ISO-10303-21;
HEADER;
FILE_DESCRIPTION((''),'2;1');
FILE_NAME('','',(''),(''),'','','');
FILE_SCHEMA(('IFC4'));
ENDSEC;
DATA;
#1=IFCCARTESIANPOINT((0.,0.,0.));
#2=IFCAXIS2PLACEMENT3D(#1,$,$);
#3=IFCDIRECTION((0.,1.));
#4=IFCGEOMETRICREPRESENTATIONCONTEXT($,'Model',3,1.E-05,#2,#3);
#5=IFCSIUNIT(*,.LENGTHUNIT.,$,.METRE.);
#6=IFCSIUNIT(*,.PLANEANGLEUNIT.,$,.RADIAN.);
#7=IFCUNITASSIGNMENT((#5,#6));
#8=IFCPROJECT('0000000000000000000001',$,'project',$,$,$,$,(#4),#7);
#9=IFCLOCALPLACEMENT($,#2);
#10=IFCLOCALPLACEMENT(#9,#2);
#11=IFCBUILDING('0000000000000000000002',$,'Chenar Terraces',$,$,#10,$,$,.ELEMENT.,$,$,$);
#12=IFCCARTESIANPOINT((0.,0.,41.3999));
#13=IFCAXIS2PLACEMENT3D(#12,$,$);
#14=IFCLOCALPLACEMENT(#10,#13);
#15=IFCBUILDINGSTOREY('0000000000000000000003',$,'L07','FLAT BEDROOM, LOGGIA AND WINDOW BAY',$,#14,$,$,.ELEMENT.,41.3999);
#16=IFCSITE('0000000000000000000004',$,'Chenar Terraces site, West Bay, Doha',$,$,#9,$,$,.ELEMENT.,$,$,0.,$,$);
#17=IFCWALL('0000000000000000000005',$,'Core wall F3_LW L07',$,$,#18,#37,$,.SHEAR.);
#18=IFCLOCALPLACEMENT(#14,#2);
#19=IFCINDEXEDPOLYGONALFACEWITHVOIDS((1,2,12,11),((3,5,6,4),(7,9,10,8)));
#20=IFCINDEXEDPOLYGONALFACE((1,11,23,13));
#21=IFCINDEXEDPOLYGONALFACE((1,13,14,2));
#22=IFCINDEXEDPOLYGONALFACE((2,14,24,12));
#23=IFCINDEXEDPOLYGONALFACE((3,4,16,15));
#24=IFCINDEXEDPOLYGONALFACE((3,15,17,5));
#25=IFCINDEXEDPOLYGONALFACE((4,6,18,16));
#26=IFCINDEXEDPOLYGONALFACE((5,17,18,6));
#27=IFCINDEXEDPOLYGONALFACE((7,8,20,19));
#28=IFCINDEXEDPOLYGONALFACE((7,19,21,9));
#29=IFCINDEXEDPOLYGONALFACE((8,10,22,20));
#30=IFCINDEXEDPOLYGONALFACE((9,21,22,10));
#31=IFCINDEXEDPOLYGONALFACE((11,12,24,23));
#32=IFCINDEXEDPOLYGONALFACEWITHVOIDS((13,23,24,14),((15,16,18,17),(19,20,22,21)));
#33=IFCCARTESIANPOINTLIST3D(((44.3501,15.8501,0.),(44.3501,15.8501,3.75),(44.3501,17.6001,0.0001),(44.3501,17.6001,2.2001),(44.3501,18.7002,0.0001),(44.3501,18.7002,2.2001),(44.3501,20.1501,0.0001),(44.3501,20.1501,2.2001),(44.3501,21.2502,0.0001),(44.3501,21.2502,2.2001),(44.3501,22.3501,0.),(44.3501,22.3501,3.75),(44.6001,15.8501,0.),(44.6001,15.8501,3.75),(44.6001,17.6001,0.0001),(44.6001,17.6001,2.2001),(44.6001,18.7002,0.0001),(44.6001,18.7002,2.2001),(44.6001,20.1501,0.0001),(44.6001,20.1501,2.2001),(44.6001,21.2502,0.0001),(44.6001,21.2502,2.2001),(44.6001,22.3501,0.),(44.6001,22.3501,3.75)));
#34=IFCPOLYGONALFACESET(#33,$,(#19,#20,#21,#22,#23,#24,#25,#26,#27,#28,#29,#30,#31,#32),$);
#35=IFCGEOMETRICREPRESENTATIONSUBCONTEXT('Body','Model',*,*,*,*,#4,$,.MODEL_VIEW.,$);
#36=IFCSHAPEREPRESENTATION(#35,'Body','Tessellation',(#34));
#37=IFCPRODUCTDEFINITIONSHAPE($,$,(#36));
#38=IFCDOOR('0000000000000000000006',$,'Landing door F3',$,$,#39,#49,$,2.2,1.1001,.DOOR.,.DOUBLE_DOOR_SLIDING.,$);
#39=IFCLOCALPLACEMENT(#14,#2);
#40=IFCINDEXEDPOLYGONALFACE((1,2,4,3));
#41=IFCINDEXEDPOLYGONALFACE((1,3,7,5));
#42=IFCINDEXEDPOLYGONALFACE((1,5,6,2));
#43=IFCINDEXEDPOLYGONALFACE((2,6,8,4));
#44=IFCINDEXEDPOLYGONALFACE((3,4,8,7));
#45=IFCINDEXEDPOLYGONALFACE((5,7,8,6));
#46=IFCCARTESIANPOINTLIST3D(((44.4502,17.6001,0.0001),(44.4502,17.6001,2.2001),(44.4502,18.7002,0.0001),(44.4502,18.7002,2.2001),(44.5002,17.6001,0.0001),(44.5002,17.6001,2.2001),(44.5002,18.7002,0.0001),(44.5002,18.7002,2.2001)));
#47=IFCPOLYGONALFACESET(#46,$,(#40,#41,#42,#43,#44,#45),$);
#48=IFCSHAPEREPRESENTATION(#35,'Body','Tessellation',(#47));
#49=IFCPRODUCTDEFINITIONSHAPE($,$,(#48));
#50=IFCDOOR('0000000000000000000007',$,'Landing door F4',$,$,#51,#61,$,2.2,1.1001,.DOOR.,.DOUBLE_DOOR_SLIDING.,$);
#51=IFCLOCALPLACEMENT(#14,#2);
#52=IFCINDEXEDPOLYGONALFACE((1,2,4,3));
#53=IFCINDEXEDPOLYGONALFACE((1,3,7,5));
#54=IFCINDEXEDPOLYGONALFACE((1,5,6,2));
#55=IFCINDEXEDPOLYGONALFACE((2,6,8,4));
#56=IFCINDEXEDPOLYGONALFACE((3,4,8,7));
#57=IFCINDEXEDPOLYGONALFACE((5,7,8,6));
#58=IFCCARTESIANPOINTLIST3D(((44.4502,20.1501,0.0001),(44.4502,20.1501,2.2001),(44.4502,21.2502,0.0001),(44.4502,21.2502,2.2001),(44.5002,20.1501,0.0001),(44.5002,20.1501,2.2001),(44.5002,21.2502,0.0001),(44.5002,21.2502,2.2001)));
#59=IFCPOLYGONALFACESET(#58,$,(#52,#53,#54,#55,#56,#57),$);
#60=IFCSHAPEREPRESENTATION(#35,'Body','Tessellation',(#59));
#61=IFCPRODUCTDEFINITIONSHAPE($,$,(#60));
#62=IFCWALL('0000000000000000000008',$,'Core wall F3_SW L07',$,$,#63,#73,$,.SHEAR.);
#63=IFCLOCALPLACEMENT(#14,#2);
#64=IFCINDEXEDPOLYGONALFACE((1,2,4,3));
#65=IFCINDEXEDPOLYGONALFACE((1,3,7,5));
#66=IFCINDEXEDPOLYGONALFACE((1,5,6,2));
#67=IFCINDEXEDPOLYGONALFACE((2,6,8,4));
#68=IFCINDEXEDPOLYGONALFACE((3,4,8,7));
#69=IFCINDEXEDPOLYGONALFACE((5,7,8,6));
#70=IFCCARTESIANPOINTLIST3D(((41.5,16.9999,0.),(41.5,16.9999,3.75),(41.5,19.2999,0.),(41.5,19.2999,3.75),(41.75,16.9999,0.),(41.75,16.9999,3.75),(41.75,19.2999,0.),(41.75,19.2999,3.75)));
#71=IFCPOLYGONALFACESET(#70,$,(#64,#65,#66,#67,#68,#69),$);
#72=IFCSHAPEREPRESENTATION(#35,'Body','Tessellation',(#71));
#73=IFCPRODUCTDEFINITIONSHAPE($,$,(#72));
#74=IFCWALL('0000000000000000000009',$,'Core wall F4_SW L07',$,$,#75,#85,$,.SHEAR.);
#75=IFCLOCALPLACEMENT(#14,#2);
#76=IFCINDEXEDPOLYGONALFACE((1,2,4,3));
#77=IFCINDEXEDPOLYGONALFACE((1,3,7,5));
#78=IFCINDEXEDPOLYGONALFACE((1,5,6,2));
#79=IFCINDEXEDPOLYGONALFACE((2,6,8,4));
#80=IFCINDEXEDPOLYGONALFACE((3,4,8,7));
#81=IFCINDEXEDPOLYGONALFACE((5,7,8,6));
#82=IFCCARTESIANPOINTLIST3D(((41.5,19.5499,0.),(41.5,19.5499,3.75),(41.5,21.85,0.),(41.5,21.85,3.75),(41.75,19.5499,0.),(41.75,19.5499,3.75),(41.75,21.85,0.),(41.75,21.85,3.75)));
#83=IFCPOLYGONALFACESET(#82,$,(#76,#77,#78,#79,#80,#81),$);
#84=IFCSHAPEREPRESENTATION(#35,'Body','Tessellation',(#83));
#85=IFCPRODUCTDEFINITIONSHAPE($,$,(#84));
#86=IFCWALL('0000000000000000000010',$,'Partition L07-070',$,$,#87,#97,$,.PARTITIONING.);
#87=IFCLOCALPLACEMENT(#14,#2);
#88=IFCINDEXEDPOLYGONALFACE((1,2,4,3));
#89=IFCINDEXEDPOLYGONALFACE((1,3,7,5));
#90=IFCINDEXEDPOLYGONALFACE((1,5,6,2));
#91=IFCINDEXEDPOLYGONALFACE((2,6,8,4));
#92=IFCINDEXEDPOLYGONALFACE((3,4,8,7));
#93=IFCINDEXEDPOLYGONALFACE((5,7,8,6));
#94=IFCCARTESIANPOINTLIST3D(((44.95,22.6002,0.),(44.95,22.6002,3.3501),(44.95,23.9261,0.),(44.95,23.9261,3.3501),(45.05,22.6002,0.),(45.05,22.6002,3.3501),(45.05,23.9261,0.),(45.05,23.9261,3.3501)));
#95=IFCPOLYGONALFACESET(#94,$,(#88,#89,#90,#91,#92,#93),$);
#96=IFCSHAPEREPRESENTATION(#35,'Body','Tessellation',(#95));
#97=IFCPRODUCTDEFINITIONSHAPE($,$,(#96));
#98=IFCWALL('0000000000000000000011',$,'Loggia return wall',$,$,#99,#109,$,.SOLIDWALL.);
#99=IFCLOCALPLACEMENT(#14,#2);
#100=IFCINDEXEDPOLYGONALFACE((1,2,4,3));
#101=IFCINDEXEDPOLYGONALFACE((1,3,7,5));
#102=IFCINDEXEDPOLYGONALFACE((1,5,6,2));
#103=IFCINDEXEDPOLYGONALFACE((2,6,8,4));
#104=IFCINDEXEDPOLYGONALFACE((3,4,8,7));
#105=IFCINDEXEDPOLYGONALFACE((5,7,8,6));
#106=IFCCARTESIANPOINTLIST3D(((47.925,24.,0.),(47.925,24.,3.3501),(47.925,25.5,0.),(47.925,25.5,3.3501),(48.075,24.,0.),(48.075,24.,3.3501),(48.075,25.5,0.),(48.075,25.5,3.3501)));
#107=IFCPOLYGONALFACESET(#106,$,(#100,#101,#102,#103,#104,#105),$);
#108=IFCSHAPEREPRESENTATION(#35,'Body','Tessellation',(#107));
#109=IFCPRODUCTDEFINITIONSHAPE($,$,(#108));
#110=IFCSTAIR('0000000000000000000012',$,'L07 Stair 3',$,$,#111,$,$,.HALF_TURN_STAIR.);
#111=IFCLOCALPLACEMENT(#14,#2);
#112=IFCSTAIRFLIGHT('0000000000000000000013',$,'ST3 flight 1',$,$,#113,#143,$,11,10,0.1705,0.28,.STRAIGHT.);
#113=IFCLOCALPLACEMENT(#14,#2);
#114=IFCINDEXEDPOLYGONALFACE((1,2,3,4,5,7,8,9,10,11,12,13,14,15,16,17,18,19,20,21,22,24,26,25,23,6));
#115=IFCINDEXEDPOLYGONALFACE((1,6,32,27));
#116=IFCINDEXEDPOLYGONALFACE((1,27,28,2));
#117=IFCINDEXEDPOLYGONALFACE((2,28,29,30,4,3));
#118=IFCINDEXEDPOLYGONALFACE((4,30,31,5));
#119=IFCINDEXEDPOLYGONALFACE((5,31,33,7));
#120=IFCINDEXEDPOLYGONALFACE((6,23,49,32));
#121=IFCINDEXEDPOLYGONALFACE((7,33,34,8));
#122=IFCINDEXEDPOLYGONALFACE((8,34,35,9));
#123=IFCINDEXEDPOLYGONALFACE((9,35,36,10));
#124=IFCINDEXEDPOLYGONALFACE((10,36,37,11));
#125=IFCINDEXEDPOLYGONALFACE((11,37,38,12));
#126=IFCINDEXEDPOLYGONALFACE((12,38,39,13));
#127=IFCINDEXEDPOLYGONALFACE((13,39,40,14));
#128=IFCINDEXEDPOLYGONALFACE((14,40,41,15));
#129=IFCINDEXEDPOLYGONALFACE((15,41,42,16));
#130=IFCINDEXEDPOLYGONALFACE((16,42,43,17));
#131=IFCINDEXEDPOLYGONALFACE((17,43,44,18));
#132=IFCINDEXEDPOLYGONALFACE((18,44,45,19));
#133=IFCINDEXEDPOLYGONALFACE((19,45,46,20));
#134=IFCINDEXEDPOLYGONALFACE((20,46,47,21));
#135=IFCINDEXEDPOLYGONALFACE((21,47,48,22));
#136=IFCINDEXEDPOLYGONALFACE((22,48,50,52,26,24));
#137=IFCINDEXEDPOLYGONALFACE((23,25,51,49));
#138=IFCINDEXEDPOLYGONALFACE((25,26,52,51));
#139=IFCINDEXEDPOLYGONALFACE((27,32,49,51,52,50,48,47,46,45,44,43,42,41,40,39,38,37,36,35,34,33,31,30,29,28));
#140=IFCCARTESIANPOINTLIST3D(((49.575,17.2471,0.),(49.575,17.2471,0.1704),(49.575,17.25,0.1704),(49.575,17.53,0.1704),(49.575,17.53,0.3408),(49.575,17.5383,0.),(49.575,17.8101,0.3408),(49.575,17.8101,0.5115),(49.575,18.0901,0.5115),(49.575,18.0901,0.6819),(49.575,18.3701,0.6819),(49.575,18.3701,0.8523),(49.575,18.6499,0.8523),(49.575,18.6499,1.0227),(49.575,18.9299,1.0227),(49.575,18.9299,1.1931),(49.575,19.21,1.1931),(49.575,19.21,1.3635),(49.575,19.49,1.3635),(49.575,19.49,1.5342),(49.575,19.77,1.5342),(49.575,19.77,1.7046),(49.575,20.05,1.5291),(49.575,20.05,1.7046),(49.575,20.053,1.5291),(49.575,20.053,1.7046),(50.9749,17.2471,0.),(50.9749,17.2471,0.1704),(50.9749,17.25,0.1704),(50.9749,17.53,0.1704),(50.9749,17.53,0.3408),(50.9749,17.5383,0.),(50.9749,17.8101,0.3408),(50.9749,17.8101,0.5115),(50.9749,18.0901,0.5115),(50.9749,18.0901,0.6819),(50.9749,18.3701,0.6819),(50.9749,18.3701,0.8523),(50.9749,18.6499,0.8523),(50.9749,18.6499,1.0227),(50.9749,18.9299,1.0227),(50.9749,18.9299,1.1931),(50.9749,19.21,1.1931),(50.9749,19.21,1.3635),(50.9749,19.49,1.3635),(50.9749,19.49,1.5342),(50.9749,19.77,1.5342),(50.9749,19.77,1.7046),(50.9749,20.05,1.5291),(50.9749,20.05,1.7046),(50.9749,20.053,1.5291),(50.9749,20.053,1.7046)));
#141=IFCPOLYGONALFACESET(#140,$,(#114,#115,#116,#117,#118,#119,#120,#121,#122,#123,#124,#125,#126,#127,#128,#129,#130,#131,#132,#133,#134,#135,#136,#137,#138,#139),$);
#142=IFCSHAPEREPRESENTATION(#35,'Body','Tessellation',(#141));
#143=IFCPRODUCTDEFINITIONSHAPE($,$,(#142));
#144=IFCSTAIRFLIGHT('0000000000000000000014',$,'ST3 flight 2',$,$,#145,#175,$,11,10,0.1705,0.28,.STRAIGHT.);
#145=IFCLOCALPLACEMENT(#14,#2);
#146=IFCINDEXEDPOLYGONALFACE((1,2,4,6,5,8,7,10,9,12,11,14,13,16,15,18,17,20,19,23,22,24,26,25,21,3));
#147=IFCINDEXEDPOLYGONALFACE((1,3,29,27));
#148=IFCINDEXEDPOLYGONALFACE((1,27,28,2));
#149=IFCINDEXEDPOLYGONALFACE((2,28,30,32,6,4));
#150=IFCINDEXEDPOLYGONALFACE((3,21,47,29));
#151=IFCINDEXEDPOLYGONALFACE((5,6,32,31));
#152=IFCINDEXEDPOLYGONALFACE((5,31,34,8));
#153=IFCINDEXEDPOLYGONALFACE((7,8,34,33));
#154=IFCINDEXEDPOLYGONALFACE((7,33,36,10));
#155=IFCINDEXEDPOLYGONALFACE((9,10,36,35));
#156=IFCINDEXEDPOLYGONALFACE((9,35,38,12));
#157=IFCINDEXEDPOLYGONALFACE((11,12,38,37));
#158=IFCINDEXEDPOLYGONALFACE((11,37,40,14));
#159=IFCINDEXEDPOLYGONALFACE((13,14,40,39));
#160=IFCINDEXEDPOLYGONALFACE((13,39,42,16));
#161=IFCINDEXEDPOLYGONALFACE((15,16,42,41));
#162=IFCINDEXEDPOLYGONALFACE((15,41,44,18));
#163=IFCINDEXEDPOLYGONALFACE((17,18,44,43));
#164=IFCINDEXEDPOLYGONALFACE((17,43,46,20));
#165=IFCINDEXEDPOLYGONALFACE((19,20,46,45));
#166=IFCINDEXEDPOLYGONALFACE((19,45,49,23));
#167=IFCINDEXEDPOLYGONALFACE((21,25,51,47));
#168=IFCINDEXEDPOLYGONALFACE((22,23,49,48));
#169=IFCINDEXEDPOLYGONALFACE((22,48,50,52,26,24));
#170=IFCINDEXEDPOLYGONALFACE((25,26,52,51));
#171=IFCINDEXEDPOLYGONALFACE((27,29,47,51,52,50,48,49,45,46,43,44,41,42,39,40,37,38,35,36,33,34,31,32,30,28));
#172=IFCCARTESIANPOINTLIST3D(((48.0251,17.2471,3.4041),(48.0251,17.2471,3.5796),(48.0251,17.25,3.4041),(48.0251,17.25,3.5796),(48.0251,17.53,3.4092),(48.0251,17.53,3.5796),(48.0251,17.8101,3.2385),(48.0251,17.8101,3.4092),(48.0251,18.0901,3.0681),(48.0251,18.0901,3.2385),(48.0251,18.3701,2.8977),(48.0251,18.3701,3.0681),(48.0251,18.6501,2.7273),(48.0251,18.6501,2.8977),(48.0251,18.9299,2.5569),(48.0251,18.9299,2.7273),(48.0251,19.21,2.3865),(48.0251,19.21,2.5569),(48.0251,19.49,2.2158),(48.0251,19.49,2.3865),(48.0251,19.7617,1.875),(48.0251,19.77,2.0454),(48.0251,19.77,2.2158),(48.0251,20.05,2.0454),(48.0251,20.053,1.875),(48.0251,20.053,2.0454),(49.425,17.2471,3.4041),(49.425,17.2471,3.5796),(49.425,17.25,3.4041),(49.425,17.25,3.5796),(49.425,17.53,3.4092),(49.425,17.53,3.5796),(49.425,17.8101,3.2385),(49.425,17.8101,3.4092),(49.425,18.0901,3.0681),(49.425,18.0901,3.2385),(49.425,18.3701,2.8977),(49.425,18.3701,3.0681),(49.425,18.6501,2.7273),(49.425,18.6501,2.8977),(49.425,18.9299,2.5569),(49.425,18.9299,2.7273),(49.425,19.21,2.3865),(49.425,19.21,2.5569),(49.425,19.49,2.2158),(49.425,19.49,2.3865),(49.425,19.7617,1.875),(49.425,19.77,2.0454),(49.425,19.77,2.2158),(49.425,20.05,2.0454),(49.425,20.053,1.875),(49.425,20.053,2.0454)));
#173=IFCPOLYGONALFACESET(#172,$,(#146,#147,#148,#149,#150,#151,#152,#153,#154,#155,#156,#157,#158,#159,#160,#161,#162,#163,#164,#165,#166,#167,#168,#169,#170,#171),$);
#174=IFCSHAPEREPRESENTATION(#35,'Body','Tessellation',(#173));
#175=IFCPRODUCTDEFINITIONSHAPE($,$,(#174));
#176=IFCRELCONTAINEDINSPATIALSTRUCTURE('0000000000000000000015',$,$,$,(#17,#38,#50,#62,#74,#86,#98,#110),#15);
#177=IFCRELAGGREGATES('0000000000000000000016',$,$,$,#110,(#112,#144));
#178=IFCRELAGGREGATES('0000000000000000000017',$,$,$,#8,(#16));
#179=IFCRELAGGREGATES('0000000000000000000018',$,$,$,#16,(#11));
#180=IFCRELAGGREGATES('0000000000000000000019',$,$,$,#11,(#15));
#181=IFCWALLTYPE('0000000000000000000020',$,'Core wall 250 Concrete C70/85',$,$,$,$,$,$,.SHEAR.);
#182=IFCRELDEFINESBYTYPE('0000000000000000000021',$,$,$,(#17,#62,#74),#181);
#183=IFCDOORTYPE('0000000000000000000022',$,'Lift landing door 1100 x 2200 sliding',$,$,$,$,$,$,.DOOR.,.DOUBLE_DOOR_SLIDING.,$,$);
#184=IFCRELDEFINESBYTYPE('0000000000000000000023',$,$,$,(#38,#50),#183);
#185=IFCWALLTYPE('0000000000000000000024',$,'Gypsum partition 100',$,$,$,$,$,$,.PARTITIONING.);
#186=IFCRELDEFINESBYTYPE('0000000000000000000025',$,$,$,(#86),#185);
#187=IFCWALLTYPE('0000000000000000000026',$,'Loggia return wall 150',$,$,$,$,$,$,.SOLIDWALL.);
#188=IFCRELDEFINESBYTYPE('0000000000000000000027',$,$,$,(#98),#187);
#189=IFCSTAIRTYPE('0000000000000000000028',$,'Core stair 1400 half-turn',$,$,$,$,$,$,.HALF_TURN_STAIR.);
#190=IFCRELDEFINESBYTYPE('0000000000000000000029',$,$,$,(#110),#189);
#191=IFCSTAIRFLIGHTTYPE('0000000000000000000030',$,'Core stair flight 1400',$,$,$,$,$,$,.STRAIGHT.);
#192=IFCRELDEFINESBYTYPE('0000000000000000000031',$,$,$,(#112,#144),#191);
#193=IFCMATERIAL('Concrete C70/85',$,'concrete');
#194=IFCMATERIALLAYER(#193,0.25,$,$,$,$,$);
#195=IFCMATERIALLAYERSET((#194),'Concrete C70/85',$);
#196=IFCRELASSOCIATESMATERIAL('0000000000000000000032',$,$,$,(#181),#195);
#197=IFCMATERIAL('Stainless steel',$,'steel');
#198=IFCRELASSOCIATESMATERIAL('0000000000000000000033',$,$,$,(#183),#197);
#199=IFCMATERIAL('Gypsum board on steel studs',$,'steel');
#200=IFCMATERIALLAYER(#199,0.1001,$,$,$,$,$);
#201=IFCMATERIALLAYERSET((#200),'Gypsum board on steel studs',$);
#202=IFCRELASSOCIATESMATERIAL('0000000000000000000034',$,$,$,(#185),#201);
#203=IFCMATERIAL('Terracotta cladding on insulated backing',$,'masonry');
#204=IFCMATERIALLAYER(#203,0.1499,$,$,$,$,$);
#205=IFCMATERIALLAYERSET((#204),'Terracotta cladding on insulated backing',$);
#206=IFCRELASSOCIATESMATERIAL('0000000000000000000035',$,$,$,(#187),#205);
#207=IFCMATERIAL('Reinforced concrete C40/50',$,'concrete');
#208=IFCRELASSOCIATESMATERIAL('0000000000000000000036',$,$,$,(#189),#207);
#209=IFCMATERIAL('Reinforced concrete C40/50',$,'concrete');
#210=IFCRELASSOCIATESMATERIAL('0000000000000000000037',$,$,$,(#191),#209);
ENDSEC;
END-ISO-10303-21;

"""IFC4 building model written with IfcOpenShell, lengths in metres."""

from ifc_helpers import new_model, si_unit, direction, frame, frame_2d, origin, place, context, subcontext, project, spatial, polyline, rectangle, outline, extrude, material, layer, layer_set, type_object, element, fill, aggregate, save


model = new_model("IFC4")

# Units and contexts
model_context = context("Model", 3, precision=1e-05, world=origin(), true_north=direction((0.0, 1.0)))
body_context = subcontext(model_context, "Body", "Model", "MODEL_VIEW")
ifc_project = project(units=[si_unit("LENGTHUNIT", "METRE"), si_unit("PLANEANGLEUNIT", "RADIAN")], contexts=[model_context])

# Site, building, storey
site_placement = place(None, origin())
site = spatial("IfcSite", under=ifc_project, at=site_placement, Name="Chenar Terraces site, West Bay, Doha", CompositionType="ELEMENT", RefElevation=0.0)
building_placement = place(site_placement, origin())
building = spatial("IfcBuilding", under=site, at=building_placement, Name="Chenar Terraces", CompositionType="ELEMENT")
storey_placement = place(building_placement, frame((0.0, 0.0, 41.3999)))
storey = spatial("IfcBuildingStorey", under=building, at=storey_placement, Name="L07", Description="FLAT BEDROOM, LOGGIA AND WINDOW BAY", CompositionType="ELEMENT", Elevation=41.3999)

# Shared definitions
ifc_material_1 = material(Name="Concrete C70/85", Category="concrete")
ifc_layer_1 = layer(ifc_material_1, 0.25)
ifc_layer_set_1 = layer_set([ifc_layer_1], Name="Concrete C70/85")
wall_type_1 = type_object("IfcWallType", Name="Core wall 250 Concrete C70/85", PredefinedType="SHEAR", material=ifc_layer_set_1)

# Wall, openings, doors
wall_1_placement = place(storey_placement, frame((44.4751, 15.8501, 0.0), z_axis=(0.0, 0.0, 1.0), x_axis=(0.0, 1.0, 0.0)))
wall_1 = element("IfcWall", 1, at=wall_1_placement, inside=storey, type_object=wall_type_1, Name="Core wall F3_LW L07", PredefinedType="SHEAR", context=body_context, shape_type="SweptSolid", body=[
    extrude(rectangle(XDim=6.5, YDim=0.25, at=frame_2d((3.25, 0.0))), origin(), (0.0, 0.0, 1.0), 3.75),
])
opening_1_placement = place(wall_1_placement, frame((1.75, 0.0, 0.0)))
opening_1 = element("IfcOpeningElement", 2, at=opening_1_placement, cuts=wall_1, PredefinedType="OPENING", context=body_context, shape_type="SweptSolid", body=[
    extrude(rectangle(XDim=1.1001, YDim=2.2, at=frame_2d((0.55, 1.1001))), frame((0.0, 0.135, 0.0), z_axis=(0.0, -1.0, 0.0), x_axis=(1.0, 0.0, 0.0)), (0.0, 0.0, 1.0), 0.27),
])
opening_2_placement = place(wall_1_placement, frame((4.3, 0.0, 0.0)))
opening_2 = element("IfcOpeningElement", 3, at=opening_2_placement, cuts=wall_1, PredefinedType="OPENING", context=body_context, shape_type="SweptSolid", body=[
    extrude(rectangle(XDim=1.1001, YDim=2.2, at=frame_2d((0.55, 1.1001))), frame((0.0, 0.135, 0.0), z_axis=(0.0, -1.0, 0.0), x_axis=(1.0, 0.0, 0.0)), (0.0, 0.0, 1.0), 0.27),
])
ifc_material_2 = material(Name="Stainless steel", Category="steel")
door_type_1 = type_object("IfcDoorType", Name="Lift landing door 1100 x 2200 sliding", OperationType="DOUBLE_DOOR_SLIDING", PredefinedType="DOOR", material=ifc_material_2)
door_1_placement = place(opening_1_placement, origin())
door_1 = element("IfcDoor", 4, at=door_1_placement, inside=storey, type_object=door_type_1, Name="Landing door F3", OperationType="DOUBLE_DOOR_SLIDING", OverallHeight=2.2, OverallWidth=1.1001, PredefinedType="DOOR", context=body_context, shape_type="SweptSolid", body=[
    extrude(rectangle(XDim=1.1001, YDim=2.2, at=frame_2d((0.55, 1.1001))), frame((0.0, 0.0249, 0.0), z_axis=(0.0, -1.0, 0.0), x_axis=(1.0, 0.0, 0.0)), (0.0, 0.0, 1.0), 0.05),
])
fill(opening_1, door_1)
door_2_placement = place(opening_2_placement, origin())
door_2 = element("IfcDoor", 5, at=door_2_placement, inside=storey, type_object=door_type_1, Name="Landing door F4", OperationType="DOUBLE_DOOR_SLIDING", OverallHeight=2.2, OverallWidth=1.1001, PredefinedType="DOOR", context=body_context, shape_type="SweptSolid", body=[
    extrude(rectangle(XDim=1.1001, YDim=2.2, at=frame_2d((0.55, 1.1001))), frame((0.0, 0.0249, 0.0), z_axis=(0.0, -1.0, 0.0), x_axis=(1.0, 0.0, 0.0)), (0.0, 0.0, 1.0), 0.05),
])
fill(opening_2, door_2)

# Walls
for number, where, z_axis, x_axis, name in (
    (6, (41.625, 17.0, 0.0), (0.0, 0.0, 1.0), (0.0, 1.0, 0.0), "Core wall F3_SW L07"),
    (7, (41.625, 19.55, 0.0), (0.0, 0.0, 1.0), (0.0, 1.0, 0.0), "Core wall F4_SW L07"),
):
    element("IfcWall", number, at=place(storey_placement, frame(where, z_axis=z_axis, x_axis=x_axis)), inside=storey, type_object=wall_type_1, Name=name, PredefinedType="SHEAR", context=body_context, shape_type="SweptSolid", body=[
        extrude(rectangle(XDim=2.3, YDim=0.25, at=frame_2d((1.1499, 0.0))), origin(), (0.0, 0.0, 1.0), 3.75),
    ])

# Walls
ifc_material_3 = material(Name="Gypsum board on steel studs", Category="steel")
ifc_layer_2 = layer(ifc_material_3, 0.1001)
ifc_layer_set_2 = layer_set([ifc_layer_2], Name="Gypsum board on steel studs")
wall_type_2 = type_object("IfcWallType", Name="Gypsum partition 100", PredefinedType="PARTITIONING", material=ifc_layer_set_2)
wall_2_placement = place(storey_placement, frame((45.0, 22.6001, 0.0), z_axis=(0.0, 0.0, 1.0), x_axis=(0.0, 1.0, 0.0)))
element("IfcWall", 8, at=wall_2_placement, inside=storey, type_object=wall_type_2, Name="Partition L07-070", PredefinedType="PARTITIONING", context=body_context, shape_type="SweptSolid", body=[
    extrude(rectangle(XDim=1.3259, YDim=0.1001, at=frame_2d((0.6631, 0.0))), origin(), (0.0, 0.0, 1.0), 3.3501),
])
ifc_material_4 = material(Name="Terracotta cladding on insulated backing", Category="masonry")
ifc_layer_3 = layer(ifc_material_4, 0.1499)
ifc_layer_set_3 = layer_set([ifc_layer_3], Name="Terracotta cladding on insulated backing")
wall_type_3 = type_object("IfcWallType", Name="Loggia return wall 150", PredefinedType="SOLIDWALL", material=ifc_layer_set_3)
wall_3_placement = place(storey_placement, frame((48.0, 25.5, 0.0), z_axis=(0.0, 0.0, 1.0), x_axis=(0.0, -1.0, 0.0)))
element("IfcWall", 9, at=wall_3_placement, inside=storey, type_object=wall_type_3, Name="Loggia return wall", PredefinedType="SOLIDWALL", context=body_context, shape_type="SweptSolid", body=[
    extrude(rectangle(XDim=1.5, YDim=0.1499, at=frame_2d((0.75, 0.0))), origin(), (0.0, 0.0, 1.0), 3.3501),
])

# Stair, stair flights
ifc_material_5 = material(Name="Reinforced concrete C40/50", Category="concrete")
stair_type = type_object("IfcStairType", Name="Core stair 1400 half-turn", PredefinedType="HALF_TURN_STAIR", material=ifc_material_5)
stair_placement = place(storey_placement, origin())
stair = element("IfcStair", 10, at=stair_placement, inside=storey, type_object=stair_type, Name="L07 Stair 3", PredefinedType="HALF_TURN_STAIR")
ifc_material_6 = material(Name="Reinforced concrete C40/50", Category="concrete")
stair_flight_type = type_object("IfcStairFlightType", Name="Core stair flight 1400", PredefinedType="STRAIGHT", material=ifc_material_6)
stair_flight_1_placement = place(storey_placement, frame((50.2749, 17.25, 0.0), z_axis=(0.0, 0.0, 1.0), x_axis=(0.0, 1.0, 0.0)))
stair_flight_1 = element("IfcStairFlight", 11, at=stair_flight_1_placement, type_object=stair_flight_type, Name="ST3 flight 1", NumberOfRisers=11, NumberOfTreads=10, PredefinedType="STRAIGHT", RiserHeight=0.1705, TreadLength=0.28, context=body_context, shape_type="SweptSolid", body=[
    extrude(outline(polyline([(-0.0029, 0.0), (-0.0029, 0.1704), (0.0, 0.1704), (0.28, 0.1704), (0.28, 0.3408), (0.5601, 0.3408), (0.5601, 0.5115), (0.8401, 0.5115), (0.8401, 0.6819), (1.1201, 0.6819), (1.1201, 0.8523), (1.3999, 0.8523), (1.3999, 1.0227), (1.6799, 1.0227), (1.6799, 1.1931), (1.96, 1.1931), (1.96, 1.3635), (2.24, 1.3635), (2.24, 1.5342), (2.52, 1.5342), (2.52, 1.7046), (2.8, 1.7046), (2.803, 1.7046), (2.803, 1.5291), (2.8, 1.5291), (0.2883, 0.0), (-0.0029, 0.0)])), frame((0.0, 0.7, 0.0), z_axis=(0.0, -1.0, 0.0), x_axis=(1.0, 0.0, 0.0)), (0.0, 0.0, 1.0), 1.3999),
])
stair_flight_2_placement = place(storey_placement, frame((48.7251, 20.05, 1.875), z_axis=(0.0, 0.0, 1.0), x_axis=(0.0, -1.0, 0.0)))
stair_flight_2 = element("IfcStairFlight", 12, at=stair_flight_2_placement, type_object=stair_flight_type, Name="ST3 flight 2", NumberOfRisers=11, NumberOfTreads=10, PredefinedType="STRAIGHT", RiserHeight=0.1705, TreadLength=0.28, context=body_context, shape_type="SweptSolid", body=[
    extrude(outline(polyline([(-0.0029, 0.0), (-0.0029, 0.1704), (0.0, 0.1704), (0.28, 0.1704), (0.28, 0.3408), (0.5601, 0.3408), (0.5601, 0.5115), (0.8401, 0.5115), (0.8401, 0.6819), (1.1201, 0.6819), (1.1201, 0.8523), (1.3999, 0.8523), (1.3999, 1.0227), (1.6799, 1.0227), (1.6799, 1.1931), (1.96, 1.1931), (1.96, 1.3635), (2.24, 1.3635), (2.24, 1.5342), (2.52, 1.5342), (2.52, 1.7046), (2.8, 1.7046), (2.803, 1.7046), (2.803, 1.5291), (2.8, 1.5291), (0.2883, 0.0), (-0.0029, 0.0)])), frame((0.0, 0.7, 0.0), z_axis=(0.0, -1.0, 0.0), x_axis=(1.0, 0.0, 0.0)), (0.0, 0.0, 1.0), 1.3999),
])
aggregate(stair, [stair_flight_1, stair_flight_2])

save(model, "model.ifc")
